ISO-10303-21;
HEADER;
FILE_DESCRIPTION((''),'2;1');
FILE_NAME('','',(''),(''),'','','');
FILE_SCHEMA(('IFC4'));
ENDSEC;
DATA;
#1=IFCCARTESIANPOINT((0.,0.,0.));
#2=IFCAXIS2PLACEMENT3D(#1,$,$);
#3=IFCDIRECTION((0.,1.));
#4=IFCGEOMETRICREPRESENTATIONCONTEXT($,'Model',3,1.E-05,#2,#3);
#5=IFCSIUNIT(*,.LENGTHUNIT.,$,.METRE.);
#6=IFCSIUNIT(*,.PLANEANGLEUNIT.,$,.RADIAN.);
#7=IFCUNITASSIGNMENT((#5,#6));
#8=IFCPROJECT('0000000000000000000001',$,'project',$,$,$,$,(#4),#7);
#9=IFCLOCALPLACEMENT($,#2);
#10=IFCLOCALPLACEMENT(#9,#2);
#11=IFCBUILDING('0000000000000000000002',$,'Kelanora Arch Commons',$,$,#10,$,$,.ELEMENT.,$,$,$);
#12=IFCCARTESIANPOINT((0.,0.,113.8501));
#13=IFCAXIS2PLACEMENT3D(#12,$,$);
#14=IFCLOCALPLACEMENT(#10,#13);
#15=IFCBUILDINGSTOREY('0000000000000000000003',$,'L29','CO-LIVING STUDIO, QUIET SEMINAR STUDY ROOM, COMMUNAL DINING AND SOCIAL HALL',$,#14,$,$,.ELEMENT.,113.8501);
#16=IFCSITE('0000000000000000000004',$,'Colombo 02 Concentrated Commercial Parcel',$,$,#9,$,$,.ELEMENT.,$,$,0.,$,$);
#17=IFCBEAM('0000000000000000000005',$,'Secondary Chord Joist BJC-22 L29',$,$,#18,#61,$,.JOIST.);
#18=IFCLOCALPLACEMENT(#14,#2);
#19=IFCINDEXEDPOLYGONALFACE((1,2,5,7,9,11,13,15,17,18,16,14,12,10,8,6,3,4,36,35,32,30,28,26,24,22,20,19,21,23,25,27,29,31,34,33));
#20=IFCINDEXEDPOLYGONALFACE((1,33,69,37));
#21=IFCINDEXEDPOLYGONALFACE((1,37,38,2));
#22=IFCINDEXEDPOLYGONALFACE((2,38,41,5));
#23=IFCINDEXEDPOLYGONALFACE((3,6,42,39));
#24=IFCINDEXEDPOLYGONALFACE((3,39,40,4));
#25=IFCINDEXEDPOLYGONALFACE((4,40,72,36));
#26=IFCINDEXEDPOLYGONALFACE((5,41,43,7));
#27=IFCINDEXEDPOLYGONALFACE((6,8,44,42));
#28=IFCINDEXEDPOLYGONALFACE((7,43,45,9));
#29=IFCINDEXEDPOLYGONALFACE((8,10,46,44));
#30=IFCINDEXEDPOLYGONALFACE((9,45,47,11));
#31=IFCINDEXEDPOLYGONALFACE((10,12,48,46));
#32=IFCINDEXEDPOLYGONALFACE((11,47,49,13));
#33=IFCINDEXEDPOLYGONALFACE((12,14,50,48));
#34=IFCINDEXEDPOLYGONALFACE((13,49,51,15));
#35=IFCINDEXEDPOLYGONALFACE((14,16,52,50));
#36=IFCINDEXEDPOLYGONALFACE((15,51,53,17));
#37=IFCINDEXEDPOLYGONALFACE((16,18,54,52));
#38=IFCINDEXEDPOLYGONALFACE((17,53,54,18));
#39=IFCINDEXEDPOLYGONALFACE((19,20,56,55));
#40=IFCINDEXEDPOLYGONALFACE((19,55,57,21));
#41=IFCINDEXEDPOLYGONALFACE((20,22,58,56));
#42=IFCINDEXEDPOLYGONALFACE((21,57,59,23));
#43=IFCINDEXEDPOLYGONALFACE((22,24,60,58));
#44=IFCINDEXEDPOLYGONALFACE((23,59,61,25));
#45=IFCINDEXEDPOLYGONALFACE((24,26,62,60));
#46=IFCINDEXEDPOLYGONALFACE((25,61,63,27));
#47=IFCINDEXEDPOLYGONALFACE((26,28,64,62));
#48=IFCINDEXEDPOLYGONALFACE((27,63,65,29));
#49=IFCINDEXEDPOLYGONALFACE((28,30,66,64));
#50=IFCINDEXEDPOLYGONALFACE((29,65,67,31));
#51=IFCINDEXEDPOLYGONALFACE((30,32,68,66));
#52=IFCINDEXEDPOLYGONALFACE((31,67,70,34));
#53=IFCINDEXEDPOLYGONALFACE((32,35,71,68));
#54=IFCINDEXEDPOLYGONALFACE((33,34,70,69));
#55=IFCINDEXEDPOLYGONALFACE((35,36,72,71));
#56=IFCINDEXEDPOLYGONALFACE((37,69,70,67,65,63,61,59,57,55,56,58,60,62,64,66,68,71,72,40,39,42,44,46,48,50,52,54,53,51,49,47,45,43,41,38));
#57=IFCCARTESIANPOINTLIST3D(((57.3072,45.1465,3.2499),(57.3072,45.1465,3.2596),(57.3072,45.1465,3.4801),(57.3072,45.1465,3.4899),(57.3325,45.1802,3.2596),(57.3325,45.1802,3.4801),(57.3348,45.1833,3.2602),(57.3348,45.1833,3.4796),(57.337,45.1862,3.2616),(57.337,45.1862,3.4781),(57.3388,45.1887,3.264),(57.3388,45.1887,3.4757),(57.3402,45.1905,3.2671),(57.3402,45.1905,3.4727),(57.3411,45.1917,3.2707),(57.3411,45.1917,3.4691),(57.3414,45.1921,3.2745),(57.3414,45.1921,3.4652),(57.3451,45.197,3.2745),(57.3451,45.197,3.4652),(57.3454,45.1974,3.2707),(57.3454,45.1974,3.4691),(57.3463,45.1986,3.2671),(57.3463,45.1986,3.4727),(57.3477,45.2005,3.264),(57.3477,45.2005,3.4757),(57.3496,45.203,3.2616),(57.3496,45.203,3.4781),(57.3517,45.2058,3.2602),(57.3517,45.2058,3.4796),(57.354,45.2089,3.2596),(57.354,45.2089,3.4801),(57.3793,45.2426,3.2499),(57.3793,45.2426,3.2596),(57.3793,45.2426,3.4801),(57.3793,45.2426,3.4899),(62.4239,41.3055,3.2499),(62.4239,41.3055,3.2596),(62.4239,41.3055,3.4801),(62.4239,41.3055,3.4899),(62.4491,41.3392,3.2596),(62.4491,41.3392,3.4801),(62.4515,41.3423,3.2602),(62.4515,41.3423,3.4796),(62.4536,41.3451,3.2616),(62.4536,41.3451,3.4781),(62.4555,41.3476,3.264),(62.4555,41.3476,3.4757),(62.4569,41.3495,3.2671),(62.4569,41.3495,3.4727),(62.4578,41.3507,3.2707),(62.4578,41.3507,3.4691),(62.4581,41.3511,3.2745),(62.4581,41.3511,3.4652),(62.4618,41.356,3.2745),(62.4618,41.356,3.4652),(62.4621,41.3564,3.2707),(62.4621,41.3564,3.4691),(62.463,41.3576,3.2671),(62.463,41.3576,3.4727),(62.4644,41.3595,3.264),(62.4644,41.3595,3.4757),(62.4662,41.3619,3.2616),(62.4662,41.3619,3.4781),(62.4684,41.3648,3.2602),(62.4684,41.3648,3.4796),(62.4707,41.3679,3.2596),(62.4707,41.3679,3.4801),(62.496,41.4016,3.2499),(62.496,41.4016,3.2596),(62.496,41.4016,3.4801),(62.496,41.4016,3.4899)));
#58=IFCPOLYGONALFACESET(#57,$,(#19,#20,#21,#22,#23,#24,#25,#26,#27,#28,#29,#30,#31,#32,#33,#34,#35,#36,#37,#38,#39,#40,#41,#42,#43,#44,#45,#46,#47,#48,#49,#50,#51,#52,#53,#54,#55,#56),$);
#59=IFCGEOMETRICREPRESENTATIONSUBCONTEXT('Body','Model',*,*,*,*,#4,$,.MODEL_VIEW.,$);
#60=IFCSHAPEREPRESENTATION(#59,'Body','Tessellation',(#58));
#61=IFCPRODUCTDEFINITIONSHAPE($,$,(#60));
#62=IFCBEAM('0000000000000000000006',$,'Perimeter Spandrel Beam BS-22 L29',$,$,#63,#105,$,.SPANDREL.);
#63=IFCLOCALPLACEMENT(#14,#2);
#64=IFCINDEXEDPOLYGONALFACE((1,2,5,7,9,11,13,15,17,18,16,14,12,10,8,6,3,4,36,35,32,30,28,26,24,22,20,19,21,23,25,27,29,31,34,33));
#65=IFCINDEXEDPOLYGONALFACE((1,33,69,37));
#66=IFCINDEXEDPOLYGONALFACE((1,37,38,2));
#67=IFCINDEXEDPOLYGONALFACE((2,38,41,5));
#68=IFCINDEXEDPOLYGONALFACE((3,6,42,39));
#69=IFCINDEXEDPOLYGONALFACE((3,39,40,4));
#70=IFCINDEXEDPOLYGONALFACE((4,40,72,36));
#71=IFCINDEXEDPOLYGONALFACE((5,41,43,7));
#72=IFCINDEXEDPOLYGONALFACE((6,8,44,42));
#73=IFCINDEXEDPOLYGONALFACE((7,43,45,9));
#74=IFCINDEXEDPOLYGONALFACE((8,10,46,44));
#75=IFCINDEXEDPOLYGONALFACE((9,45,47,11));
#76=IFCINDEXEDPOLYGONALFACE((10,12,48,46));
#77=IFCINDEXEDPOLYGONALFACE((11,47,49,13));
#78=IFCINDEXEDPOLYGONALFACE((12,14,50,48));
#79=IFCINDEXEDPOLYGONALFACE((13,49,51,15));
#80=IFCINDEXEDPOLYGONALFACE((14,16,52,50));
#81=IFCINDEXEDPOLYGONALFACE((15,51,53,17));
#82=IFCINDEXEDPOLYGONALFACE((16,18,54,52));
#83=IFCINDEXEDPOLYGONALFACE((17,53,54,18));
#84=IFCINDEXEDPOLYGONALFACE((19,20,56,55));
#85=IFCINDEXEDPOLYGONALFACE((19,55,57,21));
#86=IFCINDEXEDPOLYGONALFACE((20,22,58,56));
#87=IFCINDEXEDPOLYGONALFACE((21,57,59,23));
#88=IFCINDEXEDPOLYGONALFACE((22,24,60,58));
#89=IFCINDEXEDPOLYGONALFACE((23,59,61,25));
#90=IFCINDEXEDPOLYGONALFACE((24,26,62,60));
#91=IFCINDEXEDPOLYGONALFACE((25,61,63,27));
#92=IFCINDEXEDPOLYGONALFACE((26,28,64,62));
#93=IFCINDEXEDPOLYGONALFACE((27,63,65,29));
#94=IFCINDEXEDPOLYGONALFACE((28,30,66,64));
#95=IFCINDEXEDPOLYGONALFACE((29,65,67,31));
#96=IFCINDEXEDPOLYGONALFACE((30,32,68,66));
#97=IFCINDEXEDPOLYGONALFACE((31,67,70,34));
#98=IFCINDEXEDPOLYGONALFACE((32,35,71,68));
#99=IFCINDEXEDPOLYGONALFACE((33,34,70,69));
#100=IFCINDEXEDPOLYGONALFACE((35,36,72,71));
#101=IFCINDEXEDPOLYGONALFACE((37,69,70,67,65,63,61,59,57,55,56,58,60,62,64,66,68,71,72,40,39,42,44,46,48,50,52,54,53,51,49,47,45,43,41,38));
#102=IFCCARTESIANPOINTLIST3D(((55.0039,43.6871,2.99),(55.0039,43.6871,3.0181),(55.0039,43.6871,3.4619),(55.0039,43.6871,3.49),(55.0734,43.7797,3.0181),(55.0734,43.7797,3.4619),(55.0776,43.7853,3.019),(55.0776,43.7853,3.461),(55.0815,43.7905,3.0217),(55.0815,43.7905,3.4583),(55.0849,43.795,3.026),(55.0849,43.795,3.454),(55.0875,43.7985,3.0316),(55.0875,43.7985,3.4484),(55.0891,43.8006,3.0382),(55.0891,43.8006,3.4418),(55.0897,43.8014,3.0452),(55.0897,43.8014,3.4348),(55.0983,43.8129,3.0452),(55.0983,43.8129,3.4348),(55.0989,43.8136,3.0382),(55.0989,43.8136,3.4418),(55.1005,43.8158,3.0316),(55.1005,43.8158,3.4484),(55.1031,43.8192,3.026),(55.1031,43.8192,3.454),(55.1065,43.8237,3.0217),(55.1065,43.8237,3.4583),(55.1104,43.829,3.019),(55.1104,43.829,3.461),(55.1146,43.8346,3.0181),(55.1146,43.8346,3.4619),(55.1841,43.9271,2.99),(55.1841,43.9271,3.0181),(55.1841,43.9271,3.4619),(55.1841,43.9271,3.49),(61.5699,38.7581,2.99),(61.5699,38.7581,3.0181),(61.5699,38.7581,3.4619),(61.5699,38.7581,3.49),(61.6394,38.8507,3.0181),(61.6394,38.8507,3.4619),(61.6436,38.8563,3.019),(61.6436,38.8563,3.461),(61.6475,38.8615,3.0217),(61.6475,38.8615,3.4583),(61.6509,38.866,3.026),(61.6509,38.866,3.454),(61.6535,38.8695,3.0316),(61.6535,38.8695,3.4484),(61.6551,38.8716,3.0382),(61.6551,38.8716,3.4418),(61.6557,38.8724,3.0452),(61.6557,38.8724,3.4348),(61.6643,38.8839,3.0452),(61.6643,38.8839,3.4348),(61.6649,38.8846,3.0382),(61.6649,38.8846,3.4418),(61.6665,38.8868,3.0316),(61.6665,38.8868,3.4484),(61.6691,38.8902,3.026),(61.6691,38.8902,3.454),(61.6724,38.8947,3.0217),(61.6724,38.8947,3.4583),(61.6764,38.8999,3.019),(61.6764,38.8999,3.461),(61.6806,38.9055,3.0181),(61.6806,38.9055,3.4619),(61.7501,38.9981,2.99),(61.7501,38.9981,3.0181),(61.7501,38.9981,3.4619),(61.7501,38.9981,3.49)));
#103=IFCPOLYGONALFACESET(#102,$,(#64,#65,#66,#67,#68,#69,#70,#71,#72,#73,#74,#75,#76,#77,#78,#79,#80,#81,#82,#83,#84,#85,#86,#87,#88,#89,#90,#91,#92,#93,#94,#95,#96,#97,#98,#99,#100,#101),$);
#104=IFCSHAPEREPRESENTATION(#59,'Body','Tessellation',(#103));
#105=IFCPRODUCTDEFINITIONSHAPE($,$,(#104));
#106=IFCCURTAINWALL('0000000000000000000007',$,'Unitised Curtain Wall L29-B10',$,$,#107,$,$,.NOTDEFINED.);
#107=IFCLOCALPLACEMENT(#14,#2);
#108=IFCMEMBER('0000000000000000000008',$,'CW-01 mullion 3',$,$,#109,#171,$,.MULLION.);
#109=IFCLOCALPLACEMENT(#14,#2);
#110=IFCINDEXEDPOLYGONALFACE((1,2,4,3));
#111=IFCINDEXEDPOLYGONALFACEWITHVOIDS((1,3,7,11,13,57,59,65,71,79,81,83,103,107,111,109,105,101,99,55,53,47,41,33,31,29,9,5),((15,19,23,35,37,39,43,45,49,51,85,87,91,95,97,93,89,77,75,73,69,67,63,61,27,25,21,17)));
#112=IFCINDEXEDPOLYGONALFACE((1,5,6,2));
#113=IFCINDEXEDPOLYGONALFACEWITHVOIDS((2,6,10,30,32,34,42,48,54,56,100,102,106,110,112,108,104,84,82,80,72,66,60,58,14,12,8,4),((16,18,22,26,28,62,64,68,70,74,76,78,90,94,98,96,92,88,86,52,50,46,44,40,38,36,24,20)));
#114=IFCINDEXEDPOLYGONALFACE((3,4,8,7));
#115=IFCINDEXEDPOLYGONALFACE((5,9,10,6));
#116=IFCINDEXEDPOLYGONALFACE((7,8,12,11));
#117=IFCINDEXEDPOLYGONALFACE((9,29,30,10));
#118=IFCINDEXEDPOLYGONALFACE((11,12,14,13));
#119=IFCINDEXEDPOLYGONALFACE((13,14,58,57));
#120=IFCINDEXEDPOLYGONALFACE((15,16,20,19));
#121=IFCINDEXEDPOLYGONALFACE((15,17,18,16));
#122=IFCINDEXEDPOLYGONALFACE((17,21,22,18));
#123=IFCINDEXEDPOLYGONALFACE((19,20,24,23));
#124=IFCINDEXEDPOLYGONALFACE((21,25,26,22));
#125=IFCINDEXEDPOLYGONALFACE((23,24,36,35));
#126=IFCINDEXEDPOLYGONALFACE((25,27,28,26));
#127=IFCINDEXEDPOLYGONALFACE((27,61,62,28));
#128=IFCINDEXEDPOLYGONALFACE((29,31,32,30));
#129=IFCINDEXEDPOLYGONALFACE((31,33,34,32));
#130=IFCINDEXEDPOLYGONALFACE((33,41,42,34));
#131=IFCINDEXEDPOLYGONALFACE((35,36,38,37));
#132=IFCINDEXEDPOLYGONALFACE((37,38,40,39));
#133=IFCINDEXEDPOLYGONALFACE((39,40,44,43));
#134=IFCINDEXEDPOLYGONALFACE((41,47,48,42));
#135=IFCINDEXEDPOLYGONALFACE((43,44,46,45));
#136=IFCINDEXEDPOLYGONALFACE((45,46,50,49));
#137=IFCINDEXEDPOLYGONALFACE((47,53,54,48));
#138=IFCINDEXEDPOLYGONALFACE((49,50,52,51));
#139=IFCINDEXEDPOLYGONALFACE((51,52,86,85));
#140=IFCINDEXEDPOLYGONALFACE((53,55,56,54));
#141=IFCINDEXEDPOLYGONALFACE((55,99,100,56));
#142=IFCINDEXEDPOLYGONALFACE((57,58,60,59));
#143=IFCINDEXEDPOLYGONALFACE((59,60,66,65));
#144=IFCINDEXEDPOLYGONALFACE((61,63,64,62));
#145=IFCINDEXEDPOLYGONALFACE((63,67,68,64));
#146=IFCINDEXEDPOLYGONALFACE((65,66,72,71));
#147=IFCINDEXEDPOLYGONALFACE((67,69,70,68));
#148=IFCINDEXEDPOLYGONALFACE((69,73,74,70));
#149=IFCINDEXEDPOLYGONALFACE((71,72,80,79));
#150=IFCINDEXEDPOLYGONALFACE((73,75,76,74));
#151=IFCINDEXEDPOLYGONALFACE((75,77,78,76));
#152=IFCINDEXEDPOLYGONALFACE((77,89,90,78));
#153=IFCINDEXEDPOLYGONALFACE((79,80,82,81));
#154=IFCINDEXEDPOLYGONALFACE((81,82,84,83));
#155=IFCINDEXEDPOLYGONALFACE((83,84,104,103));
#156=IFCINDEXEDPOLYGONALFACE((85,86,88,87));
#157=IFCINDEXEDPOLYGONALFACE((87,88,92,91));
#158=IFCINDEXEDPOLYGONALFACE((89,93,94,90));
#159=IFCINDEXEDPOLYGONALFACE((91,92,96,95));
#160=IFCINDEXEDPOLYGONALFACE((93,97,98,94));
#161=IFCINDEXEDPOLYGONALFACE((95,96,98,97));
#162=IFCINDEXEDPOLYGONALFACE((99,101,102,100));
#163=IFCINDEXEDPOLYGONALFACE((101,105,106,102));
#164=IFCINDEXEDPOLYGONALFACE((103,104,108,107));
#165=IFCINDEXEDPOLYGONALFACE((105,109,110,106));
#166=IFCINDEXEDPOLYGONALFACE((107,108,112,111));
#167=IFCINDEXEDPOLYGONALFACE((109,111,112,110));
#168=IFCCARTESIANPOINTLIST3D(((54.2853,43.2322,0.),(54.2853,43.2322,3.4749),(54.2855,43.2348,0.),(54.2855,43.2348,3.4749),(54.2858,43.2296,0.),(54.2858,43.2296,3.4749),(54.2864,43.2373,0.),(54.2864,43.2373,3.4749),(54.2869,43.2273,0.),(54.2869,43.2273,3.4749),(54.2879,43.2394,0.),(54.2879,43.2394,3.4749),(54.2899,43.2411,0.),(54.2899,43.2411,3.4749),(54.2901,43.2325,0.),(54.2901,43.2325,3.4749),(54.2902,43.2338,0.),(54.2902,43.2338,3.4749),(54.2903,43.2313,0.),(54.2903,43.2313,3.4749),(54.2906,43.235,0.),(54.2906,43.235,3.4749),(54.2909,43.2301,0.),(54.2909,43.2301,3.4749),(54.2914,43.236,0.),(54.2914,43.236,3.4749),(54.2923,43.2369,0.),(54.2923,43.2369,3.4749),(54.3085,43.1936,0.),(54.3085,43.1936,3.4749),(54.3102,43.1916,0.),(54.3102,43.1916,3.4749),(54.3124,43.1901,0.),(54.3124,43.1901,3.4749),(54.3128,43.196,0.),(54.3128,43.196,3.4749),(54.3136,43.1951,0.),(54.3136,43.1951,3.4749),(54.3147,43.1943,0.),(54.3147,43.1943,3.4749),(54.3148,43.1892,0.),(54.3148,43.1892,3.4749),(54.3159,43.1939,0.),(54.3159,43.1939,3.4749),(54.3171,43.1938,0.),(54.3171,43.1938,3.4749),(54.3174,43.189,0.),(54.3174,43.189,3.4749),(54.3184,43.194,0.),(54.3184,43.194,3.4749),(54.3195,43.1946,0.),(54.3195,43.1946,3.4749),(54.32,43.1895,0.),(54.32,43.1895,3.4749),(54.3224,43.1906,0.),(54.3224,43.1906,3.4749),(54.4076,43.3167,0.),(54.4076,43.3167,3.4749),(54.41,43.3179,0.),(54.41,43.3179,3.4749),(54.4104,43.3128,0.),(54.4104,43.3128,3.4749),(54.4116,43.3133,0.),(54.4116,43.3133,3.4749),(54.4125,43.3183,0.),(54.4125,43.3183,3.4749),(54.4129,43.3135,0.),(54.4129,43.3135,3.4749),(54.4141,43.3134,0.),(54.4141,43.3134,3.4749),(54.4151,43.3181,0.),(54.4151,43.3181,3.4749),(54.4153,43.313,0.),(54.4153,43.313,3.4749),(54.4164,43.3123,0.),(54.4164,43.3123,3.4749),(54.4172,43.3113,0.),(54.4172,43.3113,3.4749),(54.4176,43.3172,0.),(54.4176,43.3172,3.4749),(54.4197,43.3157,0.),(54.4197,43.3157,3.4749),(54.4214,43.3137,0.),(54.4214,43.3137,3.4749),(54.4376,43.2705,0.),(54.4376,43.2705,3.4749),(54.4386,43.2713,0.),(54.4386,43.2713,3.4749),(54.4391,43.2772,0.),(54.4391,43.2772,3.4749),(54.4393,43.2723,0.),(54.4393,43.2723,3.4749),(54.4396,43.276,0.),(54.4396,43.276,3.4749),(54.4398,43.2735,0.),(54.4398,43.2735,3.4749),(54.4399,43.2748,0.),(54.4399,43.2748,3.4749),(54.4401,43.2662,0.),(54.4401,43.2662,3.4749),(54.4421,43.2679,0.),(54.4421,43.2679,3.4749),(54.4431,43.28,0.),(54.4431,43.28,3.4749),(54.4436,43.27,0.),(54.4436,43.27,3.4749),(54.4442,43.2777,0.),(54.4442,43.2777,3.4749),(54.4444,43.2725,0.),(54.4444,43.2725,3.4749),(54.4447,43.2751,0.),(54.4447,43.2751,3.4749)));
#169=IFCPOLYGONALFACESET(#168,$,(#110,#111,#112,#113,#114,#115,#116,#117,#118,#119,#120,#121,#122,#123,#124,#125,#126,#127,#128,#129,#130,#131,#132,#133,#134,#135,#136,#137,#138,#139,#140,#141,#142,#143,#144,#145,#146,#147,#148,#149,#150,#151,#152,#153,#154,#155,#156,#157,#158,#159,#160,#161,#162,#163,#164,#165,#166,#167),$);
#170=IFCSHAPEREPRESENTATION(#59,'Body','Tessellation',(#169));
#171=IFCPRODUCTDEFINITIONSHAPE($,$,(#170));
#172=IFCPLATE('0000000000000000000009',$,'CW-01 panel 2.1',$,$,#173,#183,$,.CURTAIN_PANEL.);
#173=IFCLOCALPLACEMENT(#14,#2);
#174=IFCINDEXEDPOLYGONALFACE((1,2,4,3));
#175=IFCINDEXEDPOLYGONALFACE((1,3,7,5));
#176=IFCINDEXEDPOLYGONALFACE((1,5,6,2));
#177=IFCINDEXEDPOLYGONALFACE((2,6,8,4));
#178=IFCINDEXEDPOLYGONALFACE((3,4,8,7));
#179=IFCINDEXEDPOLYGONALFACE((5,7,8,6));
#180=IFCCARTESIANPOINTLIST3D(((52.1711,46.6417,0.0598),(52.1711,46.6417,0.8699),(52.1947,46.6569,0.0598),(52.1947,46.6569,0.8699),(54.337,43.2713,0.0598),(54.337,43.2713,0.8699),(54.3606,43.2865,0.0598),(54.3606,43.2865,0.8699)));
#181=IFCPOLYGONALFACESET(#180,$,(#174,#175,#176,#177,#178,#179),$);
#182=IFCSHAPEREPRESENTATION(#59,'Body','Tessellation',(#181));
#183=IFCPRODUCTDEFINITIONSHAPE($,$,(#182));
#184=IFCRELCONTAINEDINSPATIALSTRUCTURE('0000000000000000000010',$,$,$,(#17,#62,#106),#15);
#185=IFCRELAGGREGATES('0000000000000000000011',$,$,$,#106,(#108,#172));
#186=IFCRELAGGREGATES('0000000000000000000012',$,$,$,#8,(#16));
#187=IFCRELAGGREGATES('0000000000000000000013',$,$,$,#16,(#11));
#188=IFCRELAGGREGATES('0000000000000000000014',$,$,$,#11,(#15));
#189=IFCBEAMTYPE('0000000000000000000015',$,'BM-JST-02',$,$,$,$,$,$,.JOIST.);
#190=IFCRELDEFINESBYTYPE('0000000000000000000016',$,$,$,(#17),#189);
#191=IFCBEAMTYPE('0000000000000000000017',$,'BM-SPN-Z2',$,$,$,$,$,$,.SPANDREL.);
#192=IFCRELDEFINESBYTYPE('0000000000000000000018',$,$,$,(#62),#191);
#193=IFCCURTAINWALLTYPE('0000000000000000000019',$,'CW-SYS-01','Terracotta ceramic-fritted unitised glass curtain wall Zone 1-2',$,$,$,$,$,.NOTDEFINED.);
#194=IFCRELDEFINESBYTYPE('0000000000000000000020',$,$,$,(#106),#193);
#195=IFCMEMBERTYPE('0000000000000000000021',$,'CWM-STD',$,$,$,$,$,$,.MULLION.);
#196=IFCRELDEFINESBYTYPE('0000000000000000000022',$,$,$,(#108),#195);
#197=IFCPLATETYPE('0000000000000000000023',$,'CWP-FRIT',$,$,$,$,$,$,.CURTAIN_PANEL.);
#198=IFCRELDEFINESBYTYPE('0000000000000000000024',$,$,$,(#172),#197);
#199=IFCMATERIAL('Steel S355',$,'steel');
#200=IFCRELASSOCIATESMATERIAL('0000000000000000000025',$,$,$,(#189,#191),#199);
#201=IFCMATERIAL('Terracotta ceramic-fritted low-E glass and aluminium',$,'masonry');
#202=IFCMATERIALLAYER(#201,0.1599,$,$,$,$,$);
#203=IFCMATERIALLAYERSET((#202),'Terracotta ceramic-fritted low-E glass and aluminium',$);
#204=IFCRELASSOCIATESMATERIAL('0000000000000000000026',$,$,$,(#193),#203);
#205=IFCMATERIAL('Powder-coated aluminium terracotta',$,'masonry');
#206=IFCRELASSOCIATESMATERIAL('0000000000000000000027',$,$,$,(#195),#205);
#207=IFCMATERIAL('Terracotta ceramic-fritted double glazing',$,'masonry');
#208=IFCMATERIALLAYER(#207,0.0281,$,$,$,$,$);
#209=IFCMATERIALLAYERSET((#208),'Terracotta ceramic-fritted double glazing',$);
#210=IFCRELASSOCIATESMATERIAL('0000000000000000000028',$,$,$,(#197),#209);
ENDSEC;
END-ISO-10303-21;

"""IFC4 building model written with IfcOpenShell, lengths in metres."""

from ifc_helpers import new_model, si_unit, direction, frame, origin, origin_2d, place, context, subcontext, project, spatial, rectangle, hollow_rectangle, i_section, extrude, source, transform, mapped, material, layer, layer_set, material_profile, profile_set, type_object, element, aggregate, save


model = new_model("IFC4")

# Units and contexts
model_context = context("Model", 3, precision=1e-05, world=origin(), true_north=direction((0.0, 1.0)))
body_context = subcontext(model_context, "Body", "Model", "MODEL_VIEW")
ifc_project = project(units=[si_unit("LENGTHUNIT", "METRE"), si_unit("PLANEANGLEUNIT", "RADIAN")], contexts=[model_context])

# Site, building, storey
site_placement = place(None, origin())
site = spatial("IfcSite", under=ifc_project, at=site_placement, Name="Colombo 02 Concentrated Commercial Parcel", CompositionType="ELEMENT", RefElevation=0.0)
building_placement = place(site_placement, origin())
building = spatial("IfcBuilding", under=site, at=building_placement, Name="Kelanora Arch Commons", CompositionType="ELEMENT")
storey_placement = place(building_placement, frame((0.0, 0.0, 113.8501)))
storey = spatial("IfcBuildingStorey", under=building, at=storey_placement, Name="L29", Description="CO-LIVING STUDIO, QUIET SEMINAR STUDY ROOM, COMMUNAL DINING AND SOCIAL HALL", CompositionType="ELEMENT", Elevation=113.8501)

# Beams
ifc_material_1 = material(Name="Steel S355", Category="steel")
ifc_material_profile_1 = material_profile(ifc_material_1, i_section(OverallWidth=0.1201, OverallDepth=0.24, WebThickness=0.0061, FlangeThickness=0.0098, FilletRadius=0.0149, at=origin_2d()), Name="IPE240")
ifc_profile_set_1 = profile_set([ifc_material_profile_1], Name="Steel S355")
beam_type_1 = type_object("IfcBeamType", Name="BM-JST-02", PredefinedType="JOIST", material=ifc_profile_set_1)
beam_1_placement = place(storey_placement, frame((57.3433, 45.1946, 3.3699), z_axis=(0.799734, -0.600354, 0.0), x_axis=(0.600354, 0.799734, 0.0)))
element("IfcBeam", 1, at=beam_1_placement, inside=storey, type_object=beam_type_1, Name="Secondary Chord Joist BJC-22 L29", PredefinedType="JOIST", context=body_context, shape_type="SweptSolid", body=[
    extrude(i_section(OverallWidth=0.1201, OverallDepth=0.24, WebThickness=0.0061, FlangeThickness=0.0098, FilletRadius=0.0149, at=origin_2d()), origin(), (0.0, 0.0, 1.0), 6.3979),
])
ifc_material_profile_2 = material_profile(ifc_material_1, i_section(OverallWidth=0.3, OverallDepth=0.5, WebThickness=0.0144, FlangeThickness=0.0281, FilletRadius=0.0271, at=origin_2d()), Name="HEB500")
ifc_profile_set_2 = profile_set([ifc_material_profile_2], Name="Steel S355")
beam_type_2 = type_object("IfcBeamType", Name="BM-SPN-Z2", PredefinedType="SPANDREL", material=ifc_profile_set_2)
beam_2_placement = place(storey_placement, frame((55.094, 43.8071, 3.24), z_axis=(0.799736, -0.600352, 0.0), x_axis=(0.600352, 0.799736, 0.0)))
element("IfcBeam", 2, at=beam_2_placement, inside=storey, type_object=beam_type_2, Name="Perimeter Spandrel Beam BS-22 L29", PredefinedType="SPANDREL", context=body_context, shape_type="SweptSolid", body=[
    extrude(i_section(OverallWidth=0.3, OverallDepth=0.5, WebThickness=0.0144, FlangeThickness=0.0281, FilletRadius=0.0271, at=origin_2d()), origin(), (0.0, 0.0, 1.0), 8.2102),
])

# Curtain wall, member, plate
ifc_material_2 = material(Name="Terracotta ceramic-fritted low-E glass and aluminium", Category="masonry")
ifc_layer_1 = layer(ifc_material_2, 0.1599)
ifc_layer_set_1 = layer_set([ifc_layer_1], Name="Terracotta ceramic-fritted low-E glass and aluminium")
curtain_wall_type = type_object("IfcCurtainWallType", Name="CW-SYS-01", Description="Terracotta ceramic-fritted unitised glass curtain wall Zone 1-2", PredefinedType="NOTDEFINED", material=ifc_layer_set_1)
curtain_wall_placement = place(storey_placement, origin())
curtain_wall = element("IfcCurtainWall", 3, at=curtain_wall_placement, inside=storey, type_object=curtain_wall_type, Name="Unitised Curtain Wall L29-B10", PredefinedType="NOTDEFINED")
ifc_material_3 = material(Name="Powder-coated aluminium terracotta", Category="masonry")
ifc_material_profile_3 = material_profile(ifc_material_3, hollow_rectangle(XDim=0.1599, YDim=0.0601, WallThickness=0.0049, InnerFilletRadius=0.0049, OuterFilletRadius=0.01, at=origin_2d()), Name="CWM160x60")
ifc_profile_set_3 = profile_set([ifc_material_profile_3], Name="Powder-coated aluminium terracotta")
member_type = type_object("IfcMemberType", Name="CWM-STD", PredefinedType="MULLION", material=ifc_profile_set_3)
member_placement = place(storey_placement, frame((54.365, 43.2537, 0.0), z_axis=(0.0, 0.0, 1.0), x_axis=(0.841269, 0.540617, 0.0)))
member = element("IfcMember", 4, at=member_placement, type_object=member_type, Name="CW-01 mullion 3", PredefinedType="MULLION", context=body_context, shape_type="SweptSolid", body=[
    extrude(hollow_rectangle(XDim=0.1599, YDim=0.0601, WallThickness=0.0049, InnerFilletRadius=0.0049, OuterFilletRadius=0.01, at=origin_2d()), origin(), (0.0, 0.0, 1.0), 3.4749),
])
ifc_material_4 = material(Name="Terracotta ceramic-fritted double glazing", Category="masonry")
ifc_layer_2 = layer(ifc_material_4, 0.0281)
ifc_layer_set_2 = layer_set([ifc_layer_2], Name="Terracotta ceramic-fritted double glazing")
plate_type = type_object("IfcPlateType", Name="CWP-FRIT", PredefinedType="CURTAIN_PANEL", material=ifc_layer_set_2)
shared_shape_1 = source(origin(), body_context, "Body", "SweptSolid", [
    extrude(rectangle(XDim=4.0063, YDim=0.0281, at=origin_2d()), origin(), (0.0, 0.0, 1.0), 0.8101),
])
plate_1_placement = place(storey_placement, frame((53.2659, 44.9641, 0.0598), z_axis=(0.0, 0.0, 1.0), x_axis=(0.540617, -0.841269, 0.0)))
plate_1 = element("IfcPlate", 5, at=plate_1_placement, type_object=plate_type, Name="CW-01 panel 2.1", PredefinedType="CURTAIN_PANEL", context=body_context, shape_type="MappedRepresentation", body=[
    mapped(shared_shape_1, transform((0.0, 0.0, 0.0), scale=1.0)),
])
aggregate(curtain_wall, [member, plate_1])

save(model, "model.ifc")
